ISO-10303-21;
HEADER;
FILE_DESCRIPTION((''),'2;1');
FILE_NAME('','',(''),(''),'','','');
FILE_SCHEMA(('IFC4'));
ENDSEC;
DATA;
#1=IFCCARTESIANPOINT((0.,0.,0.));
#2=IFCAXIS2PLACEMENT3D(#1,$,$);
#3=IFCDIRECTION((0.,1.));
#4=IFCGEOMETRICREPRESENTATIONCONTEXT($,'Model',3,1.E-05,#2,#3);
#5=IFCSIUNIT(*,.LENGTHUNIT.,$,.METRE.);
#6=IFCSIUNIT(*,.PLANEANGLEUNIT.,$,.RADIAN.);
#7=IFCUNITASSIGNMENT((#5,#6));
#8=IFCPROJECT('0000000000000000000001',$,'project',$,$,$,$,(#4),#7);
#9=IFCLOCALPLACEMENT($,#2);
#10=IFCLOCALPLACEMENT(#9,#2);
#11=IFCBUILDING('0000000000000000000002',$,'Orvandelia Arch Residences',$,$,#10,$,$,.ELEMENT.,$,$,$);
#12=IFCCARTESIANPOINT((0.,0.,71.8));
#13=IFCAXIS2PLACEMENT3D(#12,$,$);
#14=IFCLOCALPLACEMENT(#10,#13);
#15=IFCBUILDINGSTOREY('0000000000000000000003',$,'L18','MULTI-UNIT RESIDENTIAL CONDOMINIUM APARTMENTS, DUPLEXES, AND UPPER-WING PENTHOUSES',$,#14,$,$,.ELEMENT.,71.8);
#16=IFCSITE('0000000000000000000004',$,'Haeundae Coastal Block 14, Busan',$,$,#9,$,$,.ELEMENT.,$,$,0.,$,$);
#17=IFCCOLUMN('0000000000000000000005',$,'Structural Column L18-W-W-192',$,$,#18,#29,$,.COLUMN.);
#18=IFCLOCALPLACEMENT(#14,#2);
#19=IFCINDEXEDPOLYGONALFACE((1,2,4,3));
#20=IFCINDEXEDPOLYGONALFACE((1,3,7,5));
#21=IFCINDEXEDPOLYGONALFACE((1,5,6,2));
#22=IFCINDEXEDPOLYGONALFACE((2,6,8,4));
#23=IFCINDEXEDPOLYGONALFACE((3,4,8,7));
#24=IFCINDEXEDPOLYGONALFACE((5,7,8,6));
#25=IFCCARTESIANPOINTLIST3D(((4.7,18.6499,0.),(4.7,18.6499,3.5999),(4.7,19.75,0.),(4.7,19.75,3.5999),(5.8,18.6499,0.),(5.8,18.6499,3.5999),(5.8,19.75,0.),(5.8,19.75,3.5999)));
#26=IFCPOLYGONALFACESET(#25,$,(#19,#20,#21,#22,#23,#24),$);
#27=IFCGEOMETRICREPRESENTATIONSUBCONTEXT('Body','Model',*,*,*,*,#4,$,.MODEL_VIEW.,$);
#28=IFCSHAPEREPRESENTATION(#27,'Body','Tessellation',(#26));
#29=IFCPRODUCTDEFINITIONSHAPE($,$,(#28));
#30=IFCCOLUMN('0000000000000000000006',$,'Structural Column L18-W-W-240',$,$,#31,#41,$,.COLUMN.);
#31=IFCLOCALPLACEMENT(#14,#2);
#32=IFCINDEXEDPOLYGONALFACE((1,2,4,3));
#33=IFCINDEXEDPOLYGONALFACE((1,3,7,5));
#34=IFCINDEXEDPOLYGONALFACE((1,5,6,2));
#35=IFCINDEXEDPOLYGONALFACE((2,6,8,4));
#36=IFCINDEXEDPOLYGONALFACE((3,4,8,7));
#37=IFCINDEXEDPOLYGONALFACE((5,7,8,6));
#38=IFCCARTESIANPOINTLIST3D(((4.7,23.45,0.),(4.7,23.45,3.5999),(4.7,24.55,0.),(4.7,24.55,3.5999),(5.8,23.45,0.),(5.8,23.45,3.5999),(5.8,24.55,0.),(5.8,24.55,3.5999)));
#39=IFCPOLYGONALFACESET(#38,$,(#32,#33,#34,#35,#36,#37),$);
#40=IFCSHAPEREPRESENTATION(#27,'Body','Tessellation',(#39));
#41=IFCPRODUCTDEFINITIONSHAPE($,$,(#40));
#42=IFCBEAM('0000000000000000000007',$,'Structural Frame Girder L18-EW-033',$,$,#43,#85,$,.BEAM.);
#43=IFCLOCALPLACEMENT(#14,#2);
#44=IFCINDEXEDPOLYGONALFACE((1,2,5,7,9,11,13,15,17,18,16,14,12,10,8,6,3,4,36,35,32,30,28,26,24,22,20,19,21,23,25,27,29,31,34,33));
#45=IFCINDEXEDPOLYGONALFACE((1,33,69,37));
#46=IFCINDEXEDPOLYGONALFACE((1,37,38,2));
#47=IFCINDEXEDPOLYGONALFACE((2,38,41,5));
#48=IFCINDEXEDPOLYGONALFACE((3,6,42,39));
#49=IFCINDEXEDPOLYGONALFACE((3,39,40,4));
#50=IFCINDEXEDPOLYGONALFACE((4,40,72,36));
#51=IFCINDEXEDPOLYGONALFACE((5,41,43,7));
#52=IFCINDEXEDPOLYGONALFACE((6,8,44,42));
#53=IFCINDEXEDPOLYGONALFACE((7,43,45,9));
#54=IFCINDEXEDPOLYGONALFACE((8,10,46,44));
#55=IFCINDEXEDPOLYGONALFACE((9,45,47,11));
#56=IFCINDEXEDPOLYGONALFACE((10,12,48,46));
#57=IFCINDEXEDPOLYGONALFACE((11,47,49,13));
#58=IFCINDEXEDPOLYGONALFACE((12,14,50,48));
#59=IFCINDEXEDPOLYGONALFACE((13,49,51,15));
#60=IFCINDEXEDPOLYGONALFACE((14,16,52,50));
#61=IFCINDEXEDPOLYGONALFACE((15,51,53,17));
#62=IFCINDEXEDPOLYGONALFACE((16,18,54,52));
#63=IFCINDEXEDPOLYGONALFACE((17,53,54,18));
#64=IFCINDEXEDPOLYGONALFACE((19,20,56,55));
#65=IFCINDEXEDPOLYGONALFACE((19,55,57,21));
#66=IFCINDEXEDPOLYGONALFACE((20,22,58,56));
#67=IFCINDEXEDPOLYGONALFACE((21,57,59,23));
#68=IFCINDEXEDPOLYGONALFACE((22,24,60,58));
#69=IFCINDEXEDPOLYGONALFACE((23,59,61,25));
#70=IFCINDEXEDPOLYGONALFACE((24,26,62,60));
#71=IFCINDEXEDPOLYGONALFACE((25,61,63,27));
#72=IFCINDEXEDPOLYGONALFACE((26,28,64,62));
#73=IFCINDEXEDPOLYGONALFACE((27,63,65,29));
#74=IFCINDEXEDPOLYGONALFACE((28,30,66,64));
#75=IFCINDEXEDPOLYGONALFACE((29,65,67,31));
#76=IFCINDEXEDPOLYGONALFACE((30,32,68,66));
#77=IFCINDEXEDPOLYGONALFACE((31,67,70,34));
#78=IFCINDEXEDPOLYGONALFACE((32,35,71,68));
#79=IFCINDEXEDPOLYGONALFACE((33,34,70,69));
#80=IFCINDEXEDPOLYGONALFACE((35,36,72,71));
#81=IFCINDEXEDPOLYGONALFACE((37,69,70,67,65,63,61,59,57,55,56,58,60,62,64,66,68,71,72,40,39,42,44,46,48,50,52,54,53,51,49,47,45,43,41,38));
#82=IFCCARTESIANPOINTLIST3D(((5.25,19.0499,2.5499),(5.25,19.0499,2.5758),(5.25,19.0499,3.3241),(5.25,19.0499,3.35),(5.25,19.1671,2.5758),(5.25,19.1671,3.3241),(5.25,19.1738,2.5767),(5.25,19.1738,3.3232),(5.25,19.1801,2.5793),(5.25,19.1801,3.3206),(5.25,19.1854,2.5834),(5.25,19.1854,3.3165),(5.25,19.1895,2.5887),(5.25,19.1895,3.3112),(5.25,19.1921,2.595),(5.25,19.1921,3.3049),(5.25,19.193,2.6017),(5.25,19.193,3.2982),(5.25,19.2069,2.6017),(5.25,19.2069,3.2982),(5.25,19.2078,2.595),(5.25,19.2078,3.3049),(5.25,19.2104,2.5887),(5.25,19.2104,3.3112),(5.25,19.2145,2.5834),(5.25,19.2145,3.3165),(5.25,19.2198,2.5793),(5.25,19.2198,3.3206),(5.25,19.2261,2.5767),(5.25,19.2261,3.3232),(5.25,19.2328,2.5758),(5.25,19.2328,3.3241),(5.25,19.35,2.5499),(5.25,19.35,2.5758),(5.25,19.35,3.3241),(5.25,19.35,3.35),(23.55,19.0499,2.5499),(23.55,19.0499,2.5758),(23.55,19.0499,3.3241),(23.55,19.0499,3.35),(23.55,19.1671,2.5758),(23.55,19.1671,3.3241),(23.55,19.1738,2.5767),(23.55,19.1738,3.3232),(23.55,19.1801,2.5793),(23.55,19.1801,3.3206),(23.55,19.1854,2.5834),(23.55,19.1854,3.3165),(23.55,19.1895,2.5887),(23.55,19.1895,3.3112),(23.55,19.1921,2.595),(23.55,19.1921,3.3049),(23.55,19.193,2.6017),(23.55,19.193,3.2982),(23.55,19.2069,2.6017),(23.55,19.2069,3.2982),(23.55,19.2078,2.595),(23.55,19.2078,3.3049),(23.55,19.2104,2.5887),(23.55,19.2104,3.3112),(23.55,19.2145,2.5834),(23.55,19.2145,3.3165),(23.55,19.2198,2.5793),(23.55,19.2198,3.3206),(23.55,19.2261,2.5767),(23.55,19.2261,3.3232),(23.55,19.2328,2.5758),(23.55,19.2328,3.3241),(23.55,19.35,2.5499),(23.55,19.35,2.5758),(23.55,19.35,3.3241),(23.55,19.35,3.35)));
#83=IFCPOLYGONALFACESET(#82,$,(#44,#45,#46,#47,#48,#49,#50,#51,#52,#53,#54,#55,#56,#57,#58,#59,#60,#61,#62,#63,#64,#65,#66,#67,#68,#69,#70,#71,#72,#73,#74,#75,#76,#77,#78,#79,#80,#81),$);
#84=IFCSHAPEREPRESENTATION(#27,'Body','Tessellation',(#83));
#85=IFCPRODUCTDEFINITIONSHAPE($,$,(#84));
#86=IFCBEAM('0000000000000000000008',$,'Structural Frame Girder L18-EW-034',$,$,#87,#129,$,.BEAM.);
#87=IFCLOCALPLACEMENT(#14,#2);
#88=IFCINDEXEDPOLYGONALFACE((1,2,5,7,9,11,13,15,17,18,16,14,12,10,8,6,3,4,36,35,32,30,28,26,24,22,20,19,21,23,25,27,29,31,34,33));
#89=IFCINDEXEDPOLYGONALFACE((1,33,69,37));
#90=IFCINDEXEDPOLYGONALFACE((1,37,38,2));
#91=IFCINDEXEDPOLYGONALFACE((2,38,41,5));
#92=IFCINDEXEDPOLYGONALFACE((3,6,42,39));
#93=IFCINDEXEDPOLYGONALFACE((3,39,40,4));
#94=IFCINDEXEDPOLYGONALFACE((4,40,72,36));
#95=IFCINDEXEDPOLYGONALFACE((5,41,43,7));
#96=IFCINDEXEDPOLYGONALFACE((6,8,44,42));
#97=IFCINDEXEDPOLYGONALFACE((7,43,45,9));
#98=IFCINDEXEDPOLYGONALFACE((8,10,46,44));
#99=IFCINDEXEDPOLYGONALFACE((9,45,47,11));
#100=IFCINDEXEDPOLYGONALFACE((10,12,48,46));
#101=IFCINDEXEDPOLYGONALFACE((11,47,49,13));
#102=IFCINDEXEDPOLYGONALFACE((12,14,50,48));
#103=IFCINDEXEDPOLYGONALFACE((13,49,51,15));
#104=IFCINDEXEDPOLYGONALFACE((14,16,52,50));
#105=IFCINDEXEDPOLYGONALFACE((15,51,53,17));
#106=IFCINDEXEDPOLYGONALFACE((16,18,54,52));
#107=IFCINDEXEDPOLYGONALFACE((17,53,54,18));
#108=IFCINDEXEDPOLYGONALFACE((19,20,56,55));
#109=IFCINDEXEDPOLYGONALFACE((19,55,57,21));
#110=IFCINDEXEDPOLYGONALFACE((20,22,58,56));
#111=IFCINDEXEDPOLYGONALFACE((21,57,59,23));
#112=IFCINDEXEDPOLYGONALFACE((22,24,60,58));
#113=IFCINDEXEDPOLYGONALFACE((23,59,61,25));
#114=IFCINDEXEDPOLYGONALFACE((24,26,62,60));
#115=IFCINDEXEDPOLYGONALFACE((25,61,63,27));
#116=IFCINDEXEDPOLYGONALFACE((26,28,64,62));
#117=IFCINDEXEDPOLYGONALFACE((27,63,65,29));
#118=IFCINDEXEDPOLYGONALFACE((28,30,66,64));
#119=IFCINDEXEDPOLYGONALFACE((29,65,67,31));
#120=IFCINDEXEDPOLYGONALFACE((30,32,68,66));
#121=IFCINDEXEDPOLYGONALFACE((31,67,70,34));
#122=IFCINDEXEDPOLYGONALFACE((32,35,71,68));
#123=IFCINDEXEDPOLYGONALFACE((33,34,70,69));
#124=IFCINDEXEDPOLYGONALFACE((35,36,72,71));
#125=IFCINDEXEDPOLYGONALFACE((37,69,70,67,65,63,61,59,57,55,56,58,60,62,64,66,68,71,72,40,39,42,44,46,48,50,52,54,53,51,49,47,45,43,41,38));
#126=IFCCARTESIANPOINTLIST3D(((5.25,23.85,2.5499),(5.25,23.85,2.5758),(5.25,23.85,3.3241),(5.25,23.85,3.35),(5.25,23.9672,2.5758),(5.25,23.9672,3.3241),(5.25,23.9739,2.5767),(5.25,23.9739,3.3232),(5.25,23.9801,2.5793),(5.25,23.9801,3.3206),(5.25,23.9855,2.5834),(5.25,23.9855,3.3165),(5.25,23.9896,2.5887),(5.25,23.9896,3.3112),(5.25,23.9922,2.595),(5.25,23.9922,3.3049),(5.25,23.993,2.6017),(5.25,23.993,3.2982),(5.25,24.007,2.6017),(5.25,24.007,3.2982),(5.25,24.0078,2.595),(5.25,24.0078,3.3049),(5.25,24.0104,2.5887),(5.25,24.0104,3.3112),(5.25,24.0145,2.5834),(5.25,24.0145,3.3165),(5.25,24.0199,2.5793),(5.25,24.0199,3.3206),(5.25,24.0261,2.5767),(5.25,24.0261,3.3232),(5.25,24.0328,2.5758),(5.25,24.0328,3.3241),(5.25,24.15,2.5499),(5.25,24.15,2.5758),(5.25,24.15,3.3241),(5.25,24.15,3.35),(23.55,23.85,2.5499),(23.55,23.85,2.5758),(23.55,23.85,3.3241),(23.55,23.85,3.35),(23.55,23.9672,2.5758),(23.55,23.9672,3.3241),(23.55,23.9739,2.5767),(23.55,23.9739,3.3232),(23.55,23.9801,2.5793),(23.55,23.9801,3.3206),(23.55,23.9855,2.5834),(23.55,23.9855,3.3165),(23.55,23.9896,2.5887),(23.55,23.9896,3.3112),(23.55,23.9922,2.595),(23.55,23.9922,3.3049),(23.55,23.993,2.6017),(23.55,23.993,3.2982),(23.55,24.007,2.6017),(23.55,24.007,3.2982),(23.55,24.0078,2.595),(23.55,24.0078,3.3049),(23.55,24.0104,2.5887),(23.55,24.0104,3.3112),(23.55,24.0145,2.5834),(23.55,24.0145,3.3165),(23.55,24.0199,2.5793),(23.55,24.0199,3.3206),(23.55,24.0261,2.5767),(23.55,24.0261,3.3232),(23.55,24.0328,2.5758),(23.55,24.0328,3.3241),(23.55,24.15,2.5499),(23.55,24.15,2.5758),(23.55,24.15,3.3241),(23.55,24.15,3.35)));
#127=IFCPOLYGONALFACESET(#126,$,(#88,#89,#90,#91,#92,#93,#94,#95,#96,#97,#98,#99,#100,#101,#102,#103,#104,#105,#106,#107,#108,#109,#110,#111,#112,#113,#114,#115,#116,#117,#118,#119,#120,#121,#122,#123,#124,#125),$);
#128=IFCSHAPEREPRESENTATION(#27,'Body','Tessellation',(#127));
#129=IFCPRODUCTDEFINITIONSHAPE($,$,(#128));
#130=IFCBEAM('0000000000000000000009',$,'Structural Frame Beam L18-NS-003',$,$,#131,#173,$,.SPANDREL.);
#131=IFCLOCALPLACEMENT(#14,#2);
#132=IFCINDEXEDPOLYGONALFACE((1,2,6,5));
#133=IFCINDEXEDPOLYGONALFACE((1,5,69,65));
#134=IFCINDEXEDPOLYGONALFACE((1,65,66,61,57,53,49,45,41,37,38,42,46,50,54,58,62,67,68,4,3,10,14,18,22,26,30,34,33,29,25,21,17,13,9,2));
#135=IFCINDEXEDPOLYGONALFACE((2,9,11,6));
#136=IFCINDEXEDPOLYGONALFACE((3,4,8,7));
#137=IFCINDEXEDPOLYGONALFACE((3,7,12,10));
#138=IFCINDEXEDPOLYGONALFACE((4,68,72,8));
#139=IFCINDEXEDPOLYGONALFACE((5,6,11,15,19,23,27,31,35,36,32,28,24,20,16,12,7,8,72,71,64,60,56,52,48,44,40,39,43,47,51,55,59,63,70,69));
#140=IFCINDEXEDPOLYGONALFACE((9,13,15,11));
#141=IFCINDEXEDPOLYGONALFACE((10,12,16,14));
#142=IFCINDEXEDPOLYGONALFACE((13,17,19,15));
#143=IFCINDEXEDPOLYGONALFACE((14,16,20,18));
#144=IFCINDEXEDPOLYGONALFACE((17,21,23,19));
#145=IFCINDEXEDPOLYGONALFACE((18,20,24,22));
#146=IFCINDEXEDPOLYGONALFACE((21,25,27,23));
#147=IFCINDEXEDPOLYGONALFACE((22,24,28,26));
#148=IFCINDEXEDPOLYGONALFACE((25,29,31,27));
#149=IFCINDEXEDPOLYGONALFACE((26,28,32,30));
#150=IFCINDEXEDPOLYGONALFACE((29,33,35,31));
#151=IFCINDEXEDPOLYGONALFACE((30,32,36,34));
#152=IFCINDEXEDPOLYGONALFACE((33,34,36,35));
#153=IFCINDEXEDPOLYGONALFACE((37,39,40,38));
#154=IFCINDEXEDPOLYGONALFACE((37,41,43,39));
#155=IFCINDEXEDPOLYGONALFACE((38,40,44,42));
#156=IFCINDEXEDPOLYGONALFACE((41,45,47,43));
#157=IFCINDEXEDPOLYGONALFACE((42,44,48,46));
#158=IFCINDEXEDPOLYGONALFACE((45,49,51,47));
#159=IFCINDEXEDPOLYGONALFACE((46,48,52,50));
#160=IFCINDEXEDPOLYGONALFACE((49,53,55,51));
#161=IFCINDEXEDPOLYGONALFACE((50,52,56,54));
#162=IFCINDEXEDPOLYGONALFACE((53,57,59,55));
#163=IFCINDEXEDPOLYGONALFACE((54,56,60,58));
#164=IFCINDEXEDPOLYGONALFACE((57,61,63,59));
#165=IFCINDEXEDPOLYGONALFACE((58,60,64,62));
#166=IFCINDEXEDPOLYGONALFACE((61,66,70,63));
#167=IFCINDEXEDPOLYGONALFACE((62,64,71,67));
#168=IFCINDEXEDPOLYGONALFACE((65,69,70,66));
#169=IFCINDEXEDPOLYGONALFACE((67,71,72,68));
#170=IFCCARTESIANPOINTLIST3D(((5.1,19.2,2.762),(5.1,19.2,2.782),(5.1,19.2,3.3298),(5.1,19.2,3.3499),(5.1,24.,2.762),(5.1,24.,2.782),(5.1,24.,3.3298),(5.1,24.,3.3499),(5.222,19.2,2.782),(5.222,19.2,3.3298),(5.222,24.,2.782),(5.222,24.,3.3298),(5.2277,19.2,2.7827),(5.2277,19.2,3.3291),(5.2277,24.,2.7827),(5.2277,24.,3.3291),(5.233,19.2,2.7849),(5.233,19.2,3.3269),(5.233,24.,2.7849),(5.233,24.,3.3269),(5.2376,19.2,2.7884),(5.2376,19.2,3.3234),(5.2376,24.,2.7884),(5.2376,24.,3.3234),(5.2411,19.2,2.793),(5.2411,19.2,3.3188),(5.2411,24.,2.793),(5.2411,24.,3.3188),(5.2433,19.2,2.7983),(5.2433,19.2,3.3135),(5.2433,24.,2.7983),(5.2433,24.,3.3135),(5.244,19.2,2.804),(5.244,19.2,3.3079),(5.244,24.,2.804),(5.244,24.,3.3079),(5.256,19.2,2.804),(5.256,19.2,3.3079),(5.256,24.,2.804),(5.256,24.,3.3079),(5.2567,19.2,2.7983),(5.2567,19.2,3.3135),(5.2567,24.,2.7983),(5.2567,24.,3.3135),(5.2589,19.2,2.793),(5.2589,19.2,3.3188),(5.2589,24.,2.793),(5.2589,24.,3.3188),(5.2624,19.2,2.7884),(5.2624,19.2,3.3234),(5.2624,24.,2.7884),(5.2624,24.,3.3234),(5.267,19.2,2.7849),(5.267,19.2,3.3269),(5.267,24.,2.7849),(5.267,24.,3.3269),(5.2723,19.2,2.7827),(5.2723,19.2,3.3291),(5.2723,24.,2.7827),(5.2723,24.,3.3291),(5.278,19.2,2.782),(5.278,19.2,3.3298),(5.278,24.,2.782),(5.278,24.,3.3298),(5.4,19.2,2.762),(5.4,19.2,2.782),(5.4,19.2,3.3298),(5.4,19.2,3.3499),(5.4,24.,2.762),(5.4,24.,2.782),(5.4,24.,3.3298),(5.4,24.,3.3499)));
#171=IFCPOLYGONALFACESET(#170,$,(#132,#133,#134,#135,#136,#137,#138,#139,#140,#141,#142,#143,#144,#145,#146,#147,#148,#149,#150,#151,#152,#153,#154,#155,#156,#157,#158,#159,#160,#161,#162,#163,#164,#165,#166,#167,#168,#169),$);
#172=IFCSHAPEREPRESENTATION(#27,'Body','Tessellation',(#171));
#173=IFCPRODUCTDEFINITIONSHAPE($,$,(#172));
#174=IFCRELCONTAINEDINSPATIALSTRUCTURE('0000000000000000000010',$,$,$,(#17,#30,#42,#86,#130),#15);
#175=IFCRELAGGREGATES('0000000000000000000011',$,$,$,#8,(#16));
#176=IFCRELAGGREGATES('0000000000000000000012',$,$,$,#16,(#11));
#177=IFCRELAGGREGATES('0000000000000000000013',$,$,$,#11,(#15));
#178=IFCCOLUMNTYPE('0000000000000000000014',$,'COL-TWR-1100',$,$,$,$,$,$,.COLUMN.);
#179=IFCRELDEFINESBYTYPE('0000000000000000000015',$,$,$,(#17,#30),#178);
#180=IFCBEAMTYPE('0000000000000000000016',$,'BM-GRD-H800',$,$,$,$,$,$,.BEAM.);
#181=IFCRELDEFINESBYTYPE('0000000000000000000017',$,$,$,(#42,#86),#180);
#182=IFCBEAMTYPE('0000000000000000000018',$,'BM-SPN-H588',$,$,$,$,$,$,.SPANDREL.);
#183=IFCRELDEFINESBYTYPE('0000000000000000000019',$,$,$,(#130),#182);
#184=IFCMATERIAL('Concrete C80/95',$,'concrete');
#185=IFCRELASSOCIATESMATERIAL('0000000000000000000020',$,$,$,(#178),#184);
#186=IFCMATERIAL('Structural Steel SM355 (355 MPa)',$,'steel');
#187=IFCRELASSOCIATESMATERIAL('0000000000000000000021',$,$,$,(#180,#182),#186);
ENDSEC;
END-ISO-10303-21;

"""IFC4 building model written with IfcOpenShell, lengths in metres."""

from ifc_helpers import new_model, si_unit, direction, frame, origin, origin_2d, place, context, subcontext, project, spatial, rectangle, i_section, extrude, material, material_profile, profile_set, type_object, element, save


model = new_model("IFC4")

# Units and contexts
model_context = context("Model", 3, precision=1e-05, world=origin(), true_north=direction((0.0, 1.0)))
body_context = subcontext(model_context, "Body", "Model", "MODEL_VIEW")
ifc_project = project(units=[si_unit("LENGTHUNIT", "METRE"), si_unit("PLANEANGLEUNIT", "RADIAN")], contexts=[model_context])

# Site, building, storey
site_placement = place(None, origin())
site = spatial("IfcSite", under=ifc_project, at=site_placement, Name="Haeundae Coastal Block 14, Busan", CompositionType="ELEMENT", RefElevation=0.0)
building_placement = place(site_placement, origin())
building = spatial("IfcBuilding", under=site, at=building_placement, Name="Orvandelia Arch Residences", CompositionType="ELEMENT")
storey_placement = place(building_placement, frame((0.0, 0.0, 71.8)))
storey = spatial("IfcBuildingStorey", under=building, at=storey_placement, Name="L18", Description="MULTI-UNIT RESIDENTIAL CONDOMINIUM APARTMENTS, DUPLEXES, AND UPPER-WING PENTHOUSES", CompositionType="ELEMENT", Elevation=71.8)

# Columns
ifc_material_1 = material(Name="Concrete C80/95", Category="concrete")
ifc_material_profile_1 = material_profile(ifc_material_1, rectangle(XDim=1.1001, YDim=1.1001, at=origin_2d()), Name="Concrete C80/95", Category="concrete")
ifc_profile_set_1 = profile_set([ifc_material_profile_1], Name="Concrete C80/95")
column_type = type_object("IfcColumnType", Name="COL-TWR-1100", PredefinedType="COLUMN", material=ifc_profile_set_1)
for number, where, z_axis, x_axis, name in (
    (1, (5.25, 19.2, 0.0), (0.0, 0.0, 1.0), (1.0, 0.0, 0.0), "Structural Column L18-W-W-192"),
    (2, (5.25, 24.0, 0.0), (0.0, 0.0, 1.0), (1.0, 0.0, 0.0), "Structural Column L18-W-W-240"),
):
    element("IfcColumn", number, at=place(storey_placement, frame(where, z_axis=z_axis, x_axis=x_axis)), inside=storey, type_object=column_type, Name=name, PredefinedType="COLUMN", context=body_context, shape_type="SweptSolid", body=[
        extrude(rectangle(XDim=1.1001, YDim=1.1001, at=origin_2d()), origin(), (0.0, 0.0, 1.0), 3.5999),
    ])

# Beams
ifc_material_2 = material(Name="Structural Steel SM355 (355 MPa)", Category="steel")
ifc_material_profile_2 = material_profile(ifc_material_2, i_section(OverallWidth=0.3, OverallDepth=0.8, WebThickness=0.0139, FlangeThickness=0.0259, FilletRadius=0.0259, at=origin_2d()), Name="Structural Steel SM355 (355 MPa)", Category="steel")
ifc_profile_set_2 = profile_set([ifc_material_profile_2], Name="Structural Steel SM355 (355 MPa)")
beam_type_1 = type_object("IfcBeamType", Name="BM-GRD-H800", PredefinedType="BEAM", material=ifc_profile_set_2)
for number, where, z_axis, x_axis, name in (
    (3, (5.25, 19.2, 2.95), (1.0, 0.0, 0.0), (0.0, 1.0, 0.0), "Structural Frame Girder L18-EW-033"),
    (4, (5.25, 24.0, 2.95), (1.0, 0.0, 0.0), (0.0, 1.0, 0.0), "Structural Frame Girder L18-EW-034"),
):
    element("IfcBeam", number, at=place(storey_placement, frame(where, z_axis=z_axis, x_axis=x_axis)), inside=storey, type_object=beam_type_1, Name=name, PredefinedType="BEAM", context=body_context, shape_type="SweptSolid", body=[
        extrude(i_section(OverallWidth=0.3, OverallDepth=0.8, WebThickness=0.0139, FlangeThickness=0.0259, FilletRadius=0.0259, at=origin_2d()), origin(), (0.0, 0.0, 1.0), 18.3),
    ])
ifc_material_profile_3 = material_profile(ifc_material_2, i_section(OverallWidth=0.3, OverallDepth=0.5879, WebThickness=0.012, FlangeThickness=0.02, FilletRadius=0.022, at=origin_2d()), Name="Structural Steel SM355 (355 MPa)", Category="steel")
ifc_profile_set_3 = profile_set([ifc_material_profile_3], Name="Structural Steel SM355 (355 MPa)")
beam_type_2 = type_object("IfcBeamType", Name="BM-SPN-H588", PredefinedType="SPANDREL", material=ifc_profile_set_3)
beam_1_placement = place(storey_placement, frame((5.25, 19.2, 3.0559), z_axis=(0.0, 1.0, 0.0), x_axis=(-1.0, 0.0, 0.0)))
element("IfcBeam", 5, at=beam_1_placement, inside=storey, type_object=beam_type_2, Name="Structural Frame Beam L18-NS-003", PredefinedType="SPANDREL", context=body_context, shape_type="SweptSolid", body=[
    extrude(i_section(OverallWidth=0.3, OverallDepth=0.5879, WebThickness=0.012, FlangeThickness=0.02, FilletRadius=0.022, at=origin_2d()), origin(), (0.0, 0.0, 1.0), 4.8),
])

save(model, "model.ifc")
